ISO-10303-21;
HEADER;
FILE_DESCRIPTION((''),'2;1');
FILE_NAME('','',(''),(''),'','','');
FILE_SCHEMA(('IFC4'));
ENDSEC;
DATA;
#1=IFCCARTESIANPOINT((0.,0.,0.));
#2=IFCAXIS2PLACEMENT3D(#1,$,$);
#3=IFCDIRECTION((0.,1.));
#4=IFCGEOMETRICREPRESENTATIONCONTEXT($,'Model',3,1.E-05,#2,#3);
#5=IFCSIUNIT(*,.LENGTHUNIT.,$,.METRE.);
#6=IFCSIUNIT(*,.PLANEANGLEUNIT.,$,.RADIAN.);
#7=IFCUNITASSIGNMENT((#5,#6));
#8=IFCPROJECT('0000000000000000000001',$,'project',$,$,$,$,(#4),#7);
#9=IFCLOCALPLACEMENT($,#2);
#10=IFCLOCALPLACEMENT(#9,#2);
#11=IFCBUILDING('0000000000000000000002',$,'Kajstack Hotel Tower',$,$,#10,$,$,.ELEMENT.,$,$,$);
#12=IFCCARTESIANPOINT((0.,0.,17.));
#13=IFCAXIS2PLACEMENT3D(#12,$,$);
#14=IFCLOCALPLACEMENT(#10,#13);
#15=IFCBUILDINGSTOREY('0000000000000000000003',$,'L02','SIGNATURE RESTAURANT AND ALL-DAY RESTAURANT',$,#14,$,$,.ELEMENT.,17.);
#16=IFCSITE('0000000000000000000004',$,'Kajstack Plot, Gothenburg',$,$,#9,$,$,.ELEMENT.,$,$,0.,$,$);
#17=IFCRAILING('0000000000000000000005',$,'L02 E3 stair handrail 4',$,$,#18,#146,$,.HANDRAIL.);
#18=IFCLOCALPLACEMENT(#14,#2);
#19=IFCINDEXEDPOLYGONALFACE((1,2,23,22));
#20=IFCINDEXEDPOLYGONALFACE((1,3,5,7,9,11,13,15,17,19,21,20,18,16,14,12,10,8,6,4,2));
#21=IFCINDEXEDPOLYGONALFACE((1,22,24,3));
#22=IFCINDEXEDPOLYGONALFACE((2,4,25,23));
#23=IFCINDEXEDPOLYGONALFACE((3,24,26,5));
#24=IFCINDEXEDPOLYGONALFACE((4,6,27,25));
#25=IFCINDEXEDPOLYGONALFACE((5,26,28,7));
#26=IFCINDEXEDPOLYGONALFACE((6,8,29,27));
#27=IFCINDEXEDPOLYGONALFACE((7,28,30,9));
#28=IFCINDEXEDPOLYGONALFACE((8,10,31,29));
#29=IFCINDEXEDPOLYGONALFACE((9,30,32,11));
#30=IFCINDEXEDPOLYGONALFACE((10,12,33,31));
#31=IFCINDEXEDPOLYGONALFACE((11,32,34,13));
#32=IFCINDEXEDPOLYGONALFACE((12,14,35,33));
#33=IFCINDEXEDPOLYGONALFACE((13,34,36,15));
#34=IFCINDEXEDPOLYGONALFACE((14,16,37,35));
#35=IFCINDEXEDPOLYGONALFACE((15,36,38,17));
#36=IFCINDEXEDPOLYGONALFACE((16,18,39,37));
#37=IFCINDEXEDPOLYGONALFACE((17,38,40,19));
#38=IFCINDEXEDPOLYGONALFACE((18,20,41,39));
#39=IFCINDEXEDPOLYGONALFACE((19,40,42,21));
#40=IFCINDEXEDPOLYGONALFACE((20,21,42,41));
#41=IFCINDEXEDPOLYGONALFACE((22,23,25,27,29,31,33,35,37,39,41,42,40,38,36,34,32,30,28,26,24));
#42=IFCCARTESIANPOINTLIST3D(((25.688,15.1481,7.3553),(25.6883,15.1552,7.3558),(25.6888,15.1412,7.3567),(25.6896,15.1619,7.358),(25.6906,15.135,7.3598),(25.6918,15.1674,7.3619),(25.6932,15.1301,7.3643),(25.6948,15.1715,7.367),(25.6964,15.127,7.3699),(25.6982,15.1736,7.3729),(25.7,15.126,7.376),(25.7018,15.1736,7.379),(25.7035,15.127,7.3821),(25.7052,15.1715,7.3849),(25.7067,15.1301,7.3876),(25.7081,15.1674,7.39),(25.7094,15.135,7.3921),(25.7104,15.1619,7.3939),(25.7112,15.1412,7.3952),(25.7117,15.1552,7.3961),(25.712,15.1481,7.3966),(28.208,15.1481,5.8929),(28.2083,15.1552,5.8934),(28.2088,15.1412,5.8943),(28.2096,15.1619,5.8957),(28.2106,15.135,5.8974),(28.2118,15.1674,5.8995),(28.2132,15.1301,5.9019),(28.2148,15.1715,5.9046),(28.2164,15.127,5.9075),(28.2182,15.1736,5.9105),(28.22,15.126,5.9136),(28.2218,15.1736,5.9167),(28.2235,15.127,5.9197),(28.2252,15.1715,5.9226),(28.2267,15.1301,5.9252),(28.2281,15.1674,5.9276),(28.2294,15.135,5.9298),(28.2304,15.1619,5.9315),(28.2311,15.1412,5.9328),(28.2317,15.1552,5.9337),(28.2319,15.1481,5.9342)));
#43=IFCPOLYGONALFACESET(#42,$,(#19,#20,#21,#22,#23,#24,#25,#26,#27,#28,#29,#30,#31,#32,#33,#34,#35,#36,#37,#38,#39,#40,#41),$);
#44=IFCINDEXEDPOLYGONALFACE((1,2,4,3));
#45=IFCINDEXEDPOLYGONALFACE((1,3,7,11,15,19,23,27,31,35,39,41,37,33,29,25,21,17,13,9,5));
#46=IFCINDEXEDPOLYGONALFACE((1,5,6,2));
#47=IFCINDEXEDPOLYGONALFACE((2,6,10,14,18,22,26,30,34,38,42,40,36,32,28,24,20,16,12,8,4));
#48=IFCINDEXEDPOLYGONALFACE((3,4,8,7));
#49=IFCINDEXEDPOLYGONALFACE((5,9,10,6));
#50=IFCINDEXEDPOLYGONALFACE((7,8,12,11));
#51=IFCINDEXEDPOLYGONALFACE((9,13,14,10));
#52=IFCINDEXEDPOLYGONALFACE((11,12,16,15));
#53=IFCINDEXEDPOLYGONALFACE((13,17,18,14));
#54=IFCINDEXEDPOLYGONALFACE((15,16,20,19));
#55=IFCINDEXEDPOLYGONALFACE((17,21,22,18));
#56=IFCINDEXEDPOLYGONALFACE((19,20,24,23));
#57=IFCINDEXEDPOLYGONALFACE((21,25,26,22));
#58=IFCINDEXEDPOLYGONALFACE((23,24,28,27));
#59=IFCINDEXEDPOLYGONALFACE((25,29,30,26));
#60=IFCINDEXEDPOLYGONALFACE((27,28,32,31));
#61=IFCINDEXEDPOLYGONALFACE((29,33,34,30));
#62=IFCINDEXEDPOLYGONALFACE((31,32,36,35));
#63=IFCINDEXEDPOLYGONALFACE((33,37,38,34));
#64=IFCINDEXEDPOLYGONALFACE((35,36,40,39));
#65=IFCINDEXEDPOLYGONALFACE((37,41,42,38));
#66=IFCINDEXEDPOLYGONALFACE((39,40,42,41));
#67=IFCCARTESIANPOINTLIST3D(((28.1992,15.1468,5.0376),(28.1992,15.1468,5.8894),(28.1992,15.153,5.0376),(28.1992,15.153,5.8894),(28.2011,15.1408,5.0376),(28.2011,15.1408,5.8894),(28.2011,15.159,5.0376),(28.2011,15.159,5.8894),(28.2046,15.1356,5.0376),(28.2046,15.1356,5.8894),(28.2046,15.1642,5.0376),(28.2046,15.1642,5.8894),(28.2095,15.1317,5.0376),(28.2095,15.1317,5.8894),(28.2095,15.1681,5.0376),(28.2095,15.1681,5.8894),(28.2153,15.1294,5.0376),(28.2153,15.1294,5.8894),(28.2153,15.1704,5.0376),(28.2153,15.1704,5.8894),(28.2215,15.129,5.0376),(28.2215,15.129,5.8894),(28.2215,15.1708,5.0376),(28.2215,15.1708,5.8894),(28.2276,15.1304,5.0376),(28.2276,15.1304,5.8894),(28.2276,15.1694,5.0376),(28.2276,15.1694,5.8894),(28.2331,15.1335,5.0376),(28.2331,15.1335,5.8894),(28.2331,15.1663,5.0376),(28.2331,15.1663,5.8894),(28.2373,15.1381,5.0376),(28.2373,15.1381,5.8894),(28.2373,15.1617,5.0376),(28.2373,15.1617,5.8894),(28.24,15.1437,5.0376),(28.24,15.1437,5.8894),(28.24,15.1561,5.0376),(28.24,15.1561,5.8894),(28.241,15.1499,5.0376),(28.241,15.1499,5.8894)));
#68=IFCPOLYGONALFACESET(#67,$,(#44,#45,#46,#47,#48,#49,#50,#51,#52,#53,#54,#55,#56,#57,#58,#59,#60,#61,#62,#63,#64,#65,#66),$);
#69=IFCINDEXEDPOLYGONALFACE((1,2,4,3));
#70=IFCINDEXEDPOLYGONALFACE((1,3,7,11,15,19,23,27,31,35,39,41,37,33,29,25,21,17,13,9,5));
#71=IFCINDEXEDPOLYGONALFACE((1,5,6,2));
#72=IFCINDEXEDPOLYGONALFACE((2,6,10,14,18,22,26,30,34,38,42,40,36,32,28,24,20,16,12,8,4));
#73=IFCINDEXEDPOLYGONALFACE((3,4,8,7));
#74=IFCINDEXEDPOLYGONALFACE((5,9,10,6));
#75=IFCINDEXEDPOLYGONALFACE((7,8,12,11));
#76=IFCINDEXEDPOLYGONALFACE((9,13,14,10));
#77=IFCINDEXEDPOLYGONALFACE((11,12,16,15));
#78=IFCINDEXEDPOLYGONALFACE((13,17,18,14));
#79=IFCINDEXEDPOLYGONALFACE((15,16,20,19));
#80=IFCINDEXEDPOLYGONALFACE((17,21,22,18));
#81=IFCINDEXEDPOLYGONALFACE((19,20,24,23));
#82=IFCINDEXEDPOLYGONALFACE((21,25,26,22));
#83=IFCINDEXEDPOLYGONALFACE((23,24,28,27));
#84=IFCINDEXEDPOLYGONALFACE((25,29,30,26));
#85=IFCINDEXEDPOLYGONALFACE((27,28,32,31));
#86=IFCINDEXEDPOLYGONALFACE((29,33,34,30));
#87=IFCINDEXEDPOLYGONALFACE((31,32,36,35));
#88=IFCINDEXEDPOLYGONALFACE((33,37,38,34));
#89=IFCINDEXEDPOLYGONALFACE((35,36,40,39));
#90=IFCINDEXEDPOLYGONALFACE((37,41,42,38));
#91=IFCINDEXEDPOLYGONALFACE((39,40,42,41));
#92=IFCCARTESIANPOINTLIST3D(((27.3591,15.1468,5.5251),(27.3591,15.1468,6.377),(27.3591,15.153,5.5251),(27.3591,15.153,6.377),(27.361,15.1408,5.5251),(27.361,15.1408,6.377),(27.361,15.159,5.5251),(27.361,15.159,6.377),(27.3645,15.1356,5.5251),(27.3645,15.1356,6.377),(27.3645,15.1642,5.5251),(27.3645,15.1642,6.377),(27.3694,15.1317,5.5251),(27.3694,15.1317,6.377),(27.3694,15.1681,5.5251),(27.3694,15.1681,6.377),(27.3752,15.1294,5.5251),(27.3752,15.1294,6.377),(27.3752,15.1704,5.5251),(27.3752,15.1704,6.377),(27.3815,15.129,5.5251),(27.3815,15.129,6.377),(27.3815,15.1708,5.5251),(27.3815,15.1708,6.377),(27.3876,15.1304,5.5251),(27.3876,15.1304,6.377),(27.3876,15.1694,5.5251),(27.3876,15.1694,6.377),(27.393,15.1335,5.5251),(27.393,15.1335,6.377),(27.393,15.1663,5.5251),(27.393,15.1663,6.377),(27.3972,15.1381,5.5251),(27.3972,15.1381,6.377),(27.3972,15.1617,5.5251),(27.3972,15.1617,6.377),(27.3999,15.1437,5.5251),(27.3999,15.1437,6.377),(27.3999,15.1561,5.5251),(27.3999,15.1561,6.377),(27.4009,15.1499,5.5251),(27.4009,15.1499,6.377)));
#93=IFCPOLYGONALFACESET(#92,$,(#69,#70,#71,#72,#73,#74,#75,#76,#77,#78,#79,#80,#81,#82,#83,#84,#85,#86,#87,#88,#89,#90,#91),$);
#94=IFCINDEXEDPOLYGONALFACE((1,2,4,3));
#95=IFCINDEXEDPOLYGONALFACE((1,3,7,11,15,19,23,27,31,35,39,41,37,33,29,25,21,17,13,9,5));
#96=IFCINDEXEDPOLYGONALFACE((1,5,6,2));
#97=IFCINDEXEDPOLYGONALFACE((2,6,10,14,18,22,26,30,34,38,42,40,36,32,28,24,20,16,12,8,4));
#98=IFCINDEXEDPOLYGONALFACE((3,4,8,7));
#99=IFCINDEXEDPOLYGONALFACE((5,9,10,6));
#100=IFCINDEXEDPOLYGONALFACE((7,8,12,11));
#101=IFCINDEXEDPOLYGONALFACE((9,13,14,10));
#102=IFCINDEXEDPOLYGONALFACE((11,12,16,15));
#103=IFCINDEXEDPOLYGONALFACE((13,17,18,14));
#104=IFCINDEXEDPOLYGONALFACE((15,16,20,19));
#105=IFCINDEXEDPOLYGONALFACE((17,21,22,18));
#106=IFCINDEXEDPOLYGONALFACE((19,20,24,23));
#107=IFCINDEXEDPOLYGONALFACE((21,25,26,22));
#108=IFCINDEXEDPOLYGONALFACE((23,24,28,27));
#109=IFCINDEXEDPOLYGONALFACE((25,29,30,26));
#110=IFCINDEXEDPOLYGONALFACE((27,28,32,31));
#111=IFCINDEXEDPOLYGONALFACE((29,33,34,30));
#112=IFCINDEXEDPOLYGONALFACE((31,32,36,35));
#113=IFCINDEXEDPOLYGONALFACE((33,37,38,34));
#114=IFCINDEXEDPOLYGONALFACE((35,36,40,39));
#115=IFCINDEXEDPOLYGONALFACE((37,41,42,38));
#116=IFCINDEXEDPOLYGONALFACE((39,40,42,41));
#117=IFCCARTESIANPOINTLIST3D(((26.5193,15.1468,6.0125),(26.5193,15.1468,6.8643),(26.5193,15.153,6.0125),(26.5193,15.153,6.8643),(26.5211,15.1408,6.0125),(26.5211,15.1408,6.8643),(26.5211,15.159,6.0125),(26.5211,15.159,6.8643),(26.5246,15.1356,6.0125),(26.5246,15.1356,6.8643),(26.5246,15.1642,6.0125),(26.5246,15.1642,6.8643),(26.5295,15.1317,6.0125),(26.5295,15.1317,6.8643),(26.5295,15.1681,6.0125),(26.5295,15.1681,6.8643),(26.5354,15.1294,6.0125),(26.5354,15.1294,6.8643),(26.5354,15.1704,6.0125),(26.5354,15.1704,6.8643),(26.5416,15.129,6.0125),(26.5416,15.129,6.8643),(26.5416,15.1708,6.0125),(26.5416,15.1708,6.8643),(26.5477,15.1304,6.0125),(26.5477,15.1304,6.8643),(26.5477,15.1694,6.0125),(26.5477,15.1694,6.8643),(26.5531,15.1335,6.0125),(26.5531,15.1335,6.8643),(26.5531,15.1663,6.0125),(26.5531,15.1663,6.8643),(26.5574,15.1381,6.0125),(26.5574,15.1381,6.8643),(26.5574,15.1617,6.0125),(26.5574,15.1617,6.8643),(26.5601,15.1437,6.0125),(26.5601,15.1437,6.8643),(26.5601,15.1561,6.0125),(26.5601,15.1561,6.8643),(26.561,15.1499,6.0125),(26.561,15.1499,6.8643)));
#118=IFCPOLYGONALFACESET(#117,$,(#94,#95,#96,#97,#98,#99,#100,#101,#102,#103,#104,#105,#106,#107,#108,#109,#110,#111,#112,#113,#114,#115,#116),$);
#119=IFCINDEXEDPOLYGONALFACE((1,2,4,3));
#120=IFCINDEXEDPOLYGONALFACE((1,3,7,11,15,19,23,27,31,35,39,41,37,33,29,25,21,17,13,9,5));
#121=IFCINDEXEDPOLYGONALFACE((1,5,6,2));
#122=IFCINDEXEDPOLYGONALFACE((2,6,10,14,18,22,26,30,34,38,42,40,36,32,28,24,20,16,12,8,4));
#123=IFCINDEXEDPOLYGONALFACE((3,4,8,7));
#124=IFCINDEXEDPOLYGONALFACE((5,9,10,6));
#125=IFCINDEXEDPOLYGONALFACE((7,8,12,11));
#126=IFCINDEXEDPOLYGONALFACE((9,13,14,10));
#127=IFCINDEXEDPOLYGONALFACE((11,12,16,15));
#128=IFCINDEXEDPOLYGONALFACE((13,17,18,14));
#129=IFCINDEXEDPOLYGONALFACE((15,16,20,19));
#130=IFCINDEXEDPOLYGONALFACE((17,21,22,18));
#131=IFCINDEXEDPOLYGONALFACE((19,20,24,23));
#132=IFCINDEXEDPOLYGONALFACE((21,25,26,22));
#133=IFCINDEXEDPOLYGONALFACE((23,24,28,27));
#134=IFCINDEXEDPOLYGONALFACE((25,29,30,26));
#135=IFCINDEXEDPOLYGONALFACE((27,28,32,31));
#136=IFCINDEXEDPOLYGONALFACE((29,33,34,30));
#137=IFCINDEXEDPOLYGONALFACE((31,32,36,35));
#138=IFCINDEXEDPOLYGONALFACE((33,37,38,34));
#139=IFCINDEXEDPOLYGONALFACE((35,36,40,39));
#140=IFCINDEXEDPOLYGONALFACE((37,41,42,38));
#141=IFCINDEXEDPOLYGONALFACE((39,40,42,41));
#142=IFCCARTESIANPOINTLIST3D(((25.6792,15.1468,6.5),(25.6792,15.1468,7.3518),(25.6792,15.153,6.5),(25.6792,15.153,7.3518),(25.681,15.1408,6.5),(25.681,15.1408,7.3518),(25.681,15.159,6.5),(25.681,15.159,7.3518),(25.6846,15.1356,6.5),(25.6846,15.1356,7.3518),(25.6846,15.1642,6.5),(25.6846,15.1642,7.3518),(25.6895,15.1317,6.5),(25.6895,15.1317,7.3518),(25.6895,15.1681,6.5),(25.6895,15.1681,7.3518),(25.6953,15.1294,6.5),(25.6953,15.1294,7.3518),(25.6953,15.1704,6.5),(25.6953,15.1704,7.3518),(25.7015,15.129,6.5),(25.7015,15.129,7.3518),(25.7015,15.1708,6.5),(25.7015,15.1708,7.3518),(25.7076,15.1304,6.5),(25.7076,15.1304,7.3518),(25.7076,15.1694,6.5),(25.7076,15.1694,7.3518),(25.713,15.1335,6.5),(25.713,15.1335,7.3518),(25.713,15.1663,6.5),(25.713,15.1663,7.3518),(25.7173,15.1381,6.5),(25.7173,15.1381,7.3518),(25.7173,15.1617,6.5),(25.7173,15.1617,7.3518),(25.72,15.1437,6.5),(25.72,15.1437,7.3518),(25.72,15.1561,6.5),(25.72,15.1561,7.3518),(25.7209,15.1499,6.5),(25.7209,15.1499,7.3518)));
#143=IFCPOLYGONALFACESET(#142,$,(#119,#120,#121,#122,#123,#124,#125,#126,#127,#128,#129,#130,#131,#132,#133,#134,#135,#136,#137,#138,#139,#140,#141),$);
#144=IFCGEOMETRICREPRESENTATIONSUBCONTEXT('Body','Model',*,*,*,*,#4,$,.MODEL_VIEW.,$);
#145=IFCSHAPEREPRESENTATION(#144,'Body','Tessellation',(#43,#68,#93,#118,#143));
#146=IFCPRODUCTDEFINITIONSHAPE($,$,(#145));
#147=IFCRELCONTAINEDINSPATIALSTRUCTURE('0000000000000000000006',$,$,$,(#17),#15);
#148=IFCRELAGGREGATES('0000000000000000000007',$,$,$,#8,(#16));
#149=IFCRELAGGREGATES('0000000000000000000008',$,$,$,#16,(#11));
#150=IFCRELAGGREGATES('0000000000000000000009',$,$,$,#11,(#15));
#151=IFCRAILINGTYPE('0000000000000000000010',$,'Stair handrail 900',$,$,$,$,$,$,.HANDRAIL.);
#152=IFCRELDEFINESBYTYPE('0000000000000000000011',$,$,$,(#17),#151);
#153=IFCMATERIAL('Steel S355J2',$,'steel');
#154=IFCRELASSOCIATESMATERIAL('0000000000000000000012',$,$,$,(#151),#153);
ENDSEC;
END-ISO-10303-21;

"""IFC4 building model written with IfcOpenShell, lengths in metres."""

from ifc_helpers import new_model, si_unit, direction, frame, origin, origin_2d, place, context, subcontext, project, spatial, circle, extrude, material, type_object, element, save


model = new_model("IFC4")

# Units and contexts
model_context = context("Model", 3, precision=1e-05, world=origin(), true_north=direction((0.0, 1.0)))
body_context = subcontext(model_context, "Body", "Model", "MODEL_VIEW")
ifc_project = project(units=[si_unit("LENGTHUNIT", "METRE"), si_unit("PLANEANGLEUNIT", "RADIAN")], contexts=[model_context])

# Site, building, storey
site_placement = place(None, origin())
site = spatial("IfcSite", under=ifc_project, at=site_placement, Name="Kajstack Plot, Gothenburg", CompositionType="ELEMENT", RefElevation=0.0)
building_placement = place(site_placement, origin())
building = spatial("IfcBuilding", under=site, at=building_placement, Name="Kajstack Hotel Tower", CompositionType="ELEMENT")
storey_placement = place(building_placement, frame((0.0, 0.0, 17.0)))
storey = spatial("IfcBuildingStorey", under=building, at=storey_placement, Name="L02", Description="SIGNATURE RESTAURANT AND ALL-DAY RESTAURANT", CompositionType="ELEMENT", Elevation=17.0)

# Railing
ifc_material_1 = material(Name="Steel S355J2", Category="steel")
railing_type_1 = type_object("IfcRailingType", Name="Stair handrail 900", PredefinedType="HANDRAIL", material=ifc_material_1)
railing_1_placement = place(storey_placement, frame((28.22, 15.1499, 5.0376)))
element("IfcRailing", 1, at=railing_1_placement, inside=storey, type_object=railing_type_1, Name="L02 E3 stair handrail 4", PredefinedType="HANDRAIL", context=body_context, shape_type="SweptSolid", body=[
    extrude(circle(Radius=0.0239, at=origin_2d()), frame((0.0, 0.0, 0.876), z_axis=(-0.864913, 0.0, 0.501921), x_axis=(0.0, -1.0, 0.0)), (0.0, 0.0, 1.0), 2.9136),
    extrude(circle(Radius=0.021, at=origin_2d()), origin(), (0.0, 0.0, 1.0), 0.8518),
    extrude(circle(Radius=0.021, at=origin_2d()), frame((-0.8401, 0.0, 0.4875)), (0.0, 0.0, 1.0), 0.8518),
    extrude(circle(Radius=0.021, at=origin_2d()), frame((-1.6799, 0.0, 0.9749)), (0.0, 0.0, 1.0), 0.8518),
    extrude(circle(Radius=0.021, at=origin_2d()), frame((-2.52, 0.0, 1.4624)), (0.0, 0.0, 1.0), 0.8518),
])

save(model, "model.ifc")
